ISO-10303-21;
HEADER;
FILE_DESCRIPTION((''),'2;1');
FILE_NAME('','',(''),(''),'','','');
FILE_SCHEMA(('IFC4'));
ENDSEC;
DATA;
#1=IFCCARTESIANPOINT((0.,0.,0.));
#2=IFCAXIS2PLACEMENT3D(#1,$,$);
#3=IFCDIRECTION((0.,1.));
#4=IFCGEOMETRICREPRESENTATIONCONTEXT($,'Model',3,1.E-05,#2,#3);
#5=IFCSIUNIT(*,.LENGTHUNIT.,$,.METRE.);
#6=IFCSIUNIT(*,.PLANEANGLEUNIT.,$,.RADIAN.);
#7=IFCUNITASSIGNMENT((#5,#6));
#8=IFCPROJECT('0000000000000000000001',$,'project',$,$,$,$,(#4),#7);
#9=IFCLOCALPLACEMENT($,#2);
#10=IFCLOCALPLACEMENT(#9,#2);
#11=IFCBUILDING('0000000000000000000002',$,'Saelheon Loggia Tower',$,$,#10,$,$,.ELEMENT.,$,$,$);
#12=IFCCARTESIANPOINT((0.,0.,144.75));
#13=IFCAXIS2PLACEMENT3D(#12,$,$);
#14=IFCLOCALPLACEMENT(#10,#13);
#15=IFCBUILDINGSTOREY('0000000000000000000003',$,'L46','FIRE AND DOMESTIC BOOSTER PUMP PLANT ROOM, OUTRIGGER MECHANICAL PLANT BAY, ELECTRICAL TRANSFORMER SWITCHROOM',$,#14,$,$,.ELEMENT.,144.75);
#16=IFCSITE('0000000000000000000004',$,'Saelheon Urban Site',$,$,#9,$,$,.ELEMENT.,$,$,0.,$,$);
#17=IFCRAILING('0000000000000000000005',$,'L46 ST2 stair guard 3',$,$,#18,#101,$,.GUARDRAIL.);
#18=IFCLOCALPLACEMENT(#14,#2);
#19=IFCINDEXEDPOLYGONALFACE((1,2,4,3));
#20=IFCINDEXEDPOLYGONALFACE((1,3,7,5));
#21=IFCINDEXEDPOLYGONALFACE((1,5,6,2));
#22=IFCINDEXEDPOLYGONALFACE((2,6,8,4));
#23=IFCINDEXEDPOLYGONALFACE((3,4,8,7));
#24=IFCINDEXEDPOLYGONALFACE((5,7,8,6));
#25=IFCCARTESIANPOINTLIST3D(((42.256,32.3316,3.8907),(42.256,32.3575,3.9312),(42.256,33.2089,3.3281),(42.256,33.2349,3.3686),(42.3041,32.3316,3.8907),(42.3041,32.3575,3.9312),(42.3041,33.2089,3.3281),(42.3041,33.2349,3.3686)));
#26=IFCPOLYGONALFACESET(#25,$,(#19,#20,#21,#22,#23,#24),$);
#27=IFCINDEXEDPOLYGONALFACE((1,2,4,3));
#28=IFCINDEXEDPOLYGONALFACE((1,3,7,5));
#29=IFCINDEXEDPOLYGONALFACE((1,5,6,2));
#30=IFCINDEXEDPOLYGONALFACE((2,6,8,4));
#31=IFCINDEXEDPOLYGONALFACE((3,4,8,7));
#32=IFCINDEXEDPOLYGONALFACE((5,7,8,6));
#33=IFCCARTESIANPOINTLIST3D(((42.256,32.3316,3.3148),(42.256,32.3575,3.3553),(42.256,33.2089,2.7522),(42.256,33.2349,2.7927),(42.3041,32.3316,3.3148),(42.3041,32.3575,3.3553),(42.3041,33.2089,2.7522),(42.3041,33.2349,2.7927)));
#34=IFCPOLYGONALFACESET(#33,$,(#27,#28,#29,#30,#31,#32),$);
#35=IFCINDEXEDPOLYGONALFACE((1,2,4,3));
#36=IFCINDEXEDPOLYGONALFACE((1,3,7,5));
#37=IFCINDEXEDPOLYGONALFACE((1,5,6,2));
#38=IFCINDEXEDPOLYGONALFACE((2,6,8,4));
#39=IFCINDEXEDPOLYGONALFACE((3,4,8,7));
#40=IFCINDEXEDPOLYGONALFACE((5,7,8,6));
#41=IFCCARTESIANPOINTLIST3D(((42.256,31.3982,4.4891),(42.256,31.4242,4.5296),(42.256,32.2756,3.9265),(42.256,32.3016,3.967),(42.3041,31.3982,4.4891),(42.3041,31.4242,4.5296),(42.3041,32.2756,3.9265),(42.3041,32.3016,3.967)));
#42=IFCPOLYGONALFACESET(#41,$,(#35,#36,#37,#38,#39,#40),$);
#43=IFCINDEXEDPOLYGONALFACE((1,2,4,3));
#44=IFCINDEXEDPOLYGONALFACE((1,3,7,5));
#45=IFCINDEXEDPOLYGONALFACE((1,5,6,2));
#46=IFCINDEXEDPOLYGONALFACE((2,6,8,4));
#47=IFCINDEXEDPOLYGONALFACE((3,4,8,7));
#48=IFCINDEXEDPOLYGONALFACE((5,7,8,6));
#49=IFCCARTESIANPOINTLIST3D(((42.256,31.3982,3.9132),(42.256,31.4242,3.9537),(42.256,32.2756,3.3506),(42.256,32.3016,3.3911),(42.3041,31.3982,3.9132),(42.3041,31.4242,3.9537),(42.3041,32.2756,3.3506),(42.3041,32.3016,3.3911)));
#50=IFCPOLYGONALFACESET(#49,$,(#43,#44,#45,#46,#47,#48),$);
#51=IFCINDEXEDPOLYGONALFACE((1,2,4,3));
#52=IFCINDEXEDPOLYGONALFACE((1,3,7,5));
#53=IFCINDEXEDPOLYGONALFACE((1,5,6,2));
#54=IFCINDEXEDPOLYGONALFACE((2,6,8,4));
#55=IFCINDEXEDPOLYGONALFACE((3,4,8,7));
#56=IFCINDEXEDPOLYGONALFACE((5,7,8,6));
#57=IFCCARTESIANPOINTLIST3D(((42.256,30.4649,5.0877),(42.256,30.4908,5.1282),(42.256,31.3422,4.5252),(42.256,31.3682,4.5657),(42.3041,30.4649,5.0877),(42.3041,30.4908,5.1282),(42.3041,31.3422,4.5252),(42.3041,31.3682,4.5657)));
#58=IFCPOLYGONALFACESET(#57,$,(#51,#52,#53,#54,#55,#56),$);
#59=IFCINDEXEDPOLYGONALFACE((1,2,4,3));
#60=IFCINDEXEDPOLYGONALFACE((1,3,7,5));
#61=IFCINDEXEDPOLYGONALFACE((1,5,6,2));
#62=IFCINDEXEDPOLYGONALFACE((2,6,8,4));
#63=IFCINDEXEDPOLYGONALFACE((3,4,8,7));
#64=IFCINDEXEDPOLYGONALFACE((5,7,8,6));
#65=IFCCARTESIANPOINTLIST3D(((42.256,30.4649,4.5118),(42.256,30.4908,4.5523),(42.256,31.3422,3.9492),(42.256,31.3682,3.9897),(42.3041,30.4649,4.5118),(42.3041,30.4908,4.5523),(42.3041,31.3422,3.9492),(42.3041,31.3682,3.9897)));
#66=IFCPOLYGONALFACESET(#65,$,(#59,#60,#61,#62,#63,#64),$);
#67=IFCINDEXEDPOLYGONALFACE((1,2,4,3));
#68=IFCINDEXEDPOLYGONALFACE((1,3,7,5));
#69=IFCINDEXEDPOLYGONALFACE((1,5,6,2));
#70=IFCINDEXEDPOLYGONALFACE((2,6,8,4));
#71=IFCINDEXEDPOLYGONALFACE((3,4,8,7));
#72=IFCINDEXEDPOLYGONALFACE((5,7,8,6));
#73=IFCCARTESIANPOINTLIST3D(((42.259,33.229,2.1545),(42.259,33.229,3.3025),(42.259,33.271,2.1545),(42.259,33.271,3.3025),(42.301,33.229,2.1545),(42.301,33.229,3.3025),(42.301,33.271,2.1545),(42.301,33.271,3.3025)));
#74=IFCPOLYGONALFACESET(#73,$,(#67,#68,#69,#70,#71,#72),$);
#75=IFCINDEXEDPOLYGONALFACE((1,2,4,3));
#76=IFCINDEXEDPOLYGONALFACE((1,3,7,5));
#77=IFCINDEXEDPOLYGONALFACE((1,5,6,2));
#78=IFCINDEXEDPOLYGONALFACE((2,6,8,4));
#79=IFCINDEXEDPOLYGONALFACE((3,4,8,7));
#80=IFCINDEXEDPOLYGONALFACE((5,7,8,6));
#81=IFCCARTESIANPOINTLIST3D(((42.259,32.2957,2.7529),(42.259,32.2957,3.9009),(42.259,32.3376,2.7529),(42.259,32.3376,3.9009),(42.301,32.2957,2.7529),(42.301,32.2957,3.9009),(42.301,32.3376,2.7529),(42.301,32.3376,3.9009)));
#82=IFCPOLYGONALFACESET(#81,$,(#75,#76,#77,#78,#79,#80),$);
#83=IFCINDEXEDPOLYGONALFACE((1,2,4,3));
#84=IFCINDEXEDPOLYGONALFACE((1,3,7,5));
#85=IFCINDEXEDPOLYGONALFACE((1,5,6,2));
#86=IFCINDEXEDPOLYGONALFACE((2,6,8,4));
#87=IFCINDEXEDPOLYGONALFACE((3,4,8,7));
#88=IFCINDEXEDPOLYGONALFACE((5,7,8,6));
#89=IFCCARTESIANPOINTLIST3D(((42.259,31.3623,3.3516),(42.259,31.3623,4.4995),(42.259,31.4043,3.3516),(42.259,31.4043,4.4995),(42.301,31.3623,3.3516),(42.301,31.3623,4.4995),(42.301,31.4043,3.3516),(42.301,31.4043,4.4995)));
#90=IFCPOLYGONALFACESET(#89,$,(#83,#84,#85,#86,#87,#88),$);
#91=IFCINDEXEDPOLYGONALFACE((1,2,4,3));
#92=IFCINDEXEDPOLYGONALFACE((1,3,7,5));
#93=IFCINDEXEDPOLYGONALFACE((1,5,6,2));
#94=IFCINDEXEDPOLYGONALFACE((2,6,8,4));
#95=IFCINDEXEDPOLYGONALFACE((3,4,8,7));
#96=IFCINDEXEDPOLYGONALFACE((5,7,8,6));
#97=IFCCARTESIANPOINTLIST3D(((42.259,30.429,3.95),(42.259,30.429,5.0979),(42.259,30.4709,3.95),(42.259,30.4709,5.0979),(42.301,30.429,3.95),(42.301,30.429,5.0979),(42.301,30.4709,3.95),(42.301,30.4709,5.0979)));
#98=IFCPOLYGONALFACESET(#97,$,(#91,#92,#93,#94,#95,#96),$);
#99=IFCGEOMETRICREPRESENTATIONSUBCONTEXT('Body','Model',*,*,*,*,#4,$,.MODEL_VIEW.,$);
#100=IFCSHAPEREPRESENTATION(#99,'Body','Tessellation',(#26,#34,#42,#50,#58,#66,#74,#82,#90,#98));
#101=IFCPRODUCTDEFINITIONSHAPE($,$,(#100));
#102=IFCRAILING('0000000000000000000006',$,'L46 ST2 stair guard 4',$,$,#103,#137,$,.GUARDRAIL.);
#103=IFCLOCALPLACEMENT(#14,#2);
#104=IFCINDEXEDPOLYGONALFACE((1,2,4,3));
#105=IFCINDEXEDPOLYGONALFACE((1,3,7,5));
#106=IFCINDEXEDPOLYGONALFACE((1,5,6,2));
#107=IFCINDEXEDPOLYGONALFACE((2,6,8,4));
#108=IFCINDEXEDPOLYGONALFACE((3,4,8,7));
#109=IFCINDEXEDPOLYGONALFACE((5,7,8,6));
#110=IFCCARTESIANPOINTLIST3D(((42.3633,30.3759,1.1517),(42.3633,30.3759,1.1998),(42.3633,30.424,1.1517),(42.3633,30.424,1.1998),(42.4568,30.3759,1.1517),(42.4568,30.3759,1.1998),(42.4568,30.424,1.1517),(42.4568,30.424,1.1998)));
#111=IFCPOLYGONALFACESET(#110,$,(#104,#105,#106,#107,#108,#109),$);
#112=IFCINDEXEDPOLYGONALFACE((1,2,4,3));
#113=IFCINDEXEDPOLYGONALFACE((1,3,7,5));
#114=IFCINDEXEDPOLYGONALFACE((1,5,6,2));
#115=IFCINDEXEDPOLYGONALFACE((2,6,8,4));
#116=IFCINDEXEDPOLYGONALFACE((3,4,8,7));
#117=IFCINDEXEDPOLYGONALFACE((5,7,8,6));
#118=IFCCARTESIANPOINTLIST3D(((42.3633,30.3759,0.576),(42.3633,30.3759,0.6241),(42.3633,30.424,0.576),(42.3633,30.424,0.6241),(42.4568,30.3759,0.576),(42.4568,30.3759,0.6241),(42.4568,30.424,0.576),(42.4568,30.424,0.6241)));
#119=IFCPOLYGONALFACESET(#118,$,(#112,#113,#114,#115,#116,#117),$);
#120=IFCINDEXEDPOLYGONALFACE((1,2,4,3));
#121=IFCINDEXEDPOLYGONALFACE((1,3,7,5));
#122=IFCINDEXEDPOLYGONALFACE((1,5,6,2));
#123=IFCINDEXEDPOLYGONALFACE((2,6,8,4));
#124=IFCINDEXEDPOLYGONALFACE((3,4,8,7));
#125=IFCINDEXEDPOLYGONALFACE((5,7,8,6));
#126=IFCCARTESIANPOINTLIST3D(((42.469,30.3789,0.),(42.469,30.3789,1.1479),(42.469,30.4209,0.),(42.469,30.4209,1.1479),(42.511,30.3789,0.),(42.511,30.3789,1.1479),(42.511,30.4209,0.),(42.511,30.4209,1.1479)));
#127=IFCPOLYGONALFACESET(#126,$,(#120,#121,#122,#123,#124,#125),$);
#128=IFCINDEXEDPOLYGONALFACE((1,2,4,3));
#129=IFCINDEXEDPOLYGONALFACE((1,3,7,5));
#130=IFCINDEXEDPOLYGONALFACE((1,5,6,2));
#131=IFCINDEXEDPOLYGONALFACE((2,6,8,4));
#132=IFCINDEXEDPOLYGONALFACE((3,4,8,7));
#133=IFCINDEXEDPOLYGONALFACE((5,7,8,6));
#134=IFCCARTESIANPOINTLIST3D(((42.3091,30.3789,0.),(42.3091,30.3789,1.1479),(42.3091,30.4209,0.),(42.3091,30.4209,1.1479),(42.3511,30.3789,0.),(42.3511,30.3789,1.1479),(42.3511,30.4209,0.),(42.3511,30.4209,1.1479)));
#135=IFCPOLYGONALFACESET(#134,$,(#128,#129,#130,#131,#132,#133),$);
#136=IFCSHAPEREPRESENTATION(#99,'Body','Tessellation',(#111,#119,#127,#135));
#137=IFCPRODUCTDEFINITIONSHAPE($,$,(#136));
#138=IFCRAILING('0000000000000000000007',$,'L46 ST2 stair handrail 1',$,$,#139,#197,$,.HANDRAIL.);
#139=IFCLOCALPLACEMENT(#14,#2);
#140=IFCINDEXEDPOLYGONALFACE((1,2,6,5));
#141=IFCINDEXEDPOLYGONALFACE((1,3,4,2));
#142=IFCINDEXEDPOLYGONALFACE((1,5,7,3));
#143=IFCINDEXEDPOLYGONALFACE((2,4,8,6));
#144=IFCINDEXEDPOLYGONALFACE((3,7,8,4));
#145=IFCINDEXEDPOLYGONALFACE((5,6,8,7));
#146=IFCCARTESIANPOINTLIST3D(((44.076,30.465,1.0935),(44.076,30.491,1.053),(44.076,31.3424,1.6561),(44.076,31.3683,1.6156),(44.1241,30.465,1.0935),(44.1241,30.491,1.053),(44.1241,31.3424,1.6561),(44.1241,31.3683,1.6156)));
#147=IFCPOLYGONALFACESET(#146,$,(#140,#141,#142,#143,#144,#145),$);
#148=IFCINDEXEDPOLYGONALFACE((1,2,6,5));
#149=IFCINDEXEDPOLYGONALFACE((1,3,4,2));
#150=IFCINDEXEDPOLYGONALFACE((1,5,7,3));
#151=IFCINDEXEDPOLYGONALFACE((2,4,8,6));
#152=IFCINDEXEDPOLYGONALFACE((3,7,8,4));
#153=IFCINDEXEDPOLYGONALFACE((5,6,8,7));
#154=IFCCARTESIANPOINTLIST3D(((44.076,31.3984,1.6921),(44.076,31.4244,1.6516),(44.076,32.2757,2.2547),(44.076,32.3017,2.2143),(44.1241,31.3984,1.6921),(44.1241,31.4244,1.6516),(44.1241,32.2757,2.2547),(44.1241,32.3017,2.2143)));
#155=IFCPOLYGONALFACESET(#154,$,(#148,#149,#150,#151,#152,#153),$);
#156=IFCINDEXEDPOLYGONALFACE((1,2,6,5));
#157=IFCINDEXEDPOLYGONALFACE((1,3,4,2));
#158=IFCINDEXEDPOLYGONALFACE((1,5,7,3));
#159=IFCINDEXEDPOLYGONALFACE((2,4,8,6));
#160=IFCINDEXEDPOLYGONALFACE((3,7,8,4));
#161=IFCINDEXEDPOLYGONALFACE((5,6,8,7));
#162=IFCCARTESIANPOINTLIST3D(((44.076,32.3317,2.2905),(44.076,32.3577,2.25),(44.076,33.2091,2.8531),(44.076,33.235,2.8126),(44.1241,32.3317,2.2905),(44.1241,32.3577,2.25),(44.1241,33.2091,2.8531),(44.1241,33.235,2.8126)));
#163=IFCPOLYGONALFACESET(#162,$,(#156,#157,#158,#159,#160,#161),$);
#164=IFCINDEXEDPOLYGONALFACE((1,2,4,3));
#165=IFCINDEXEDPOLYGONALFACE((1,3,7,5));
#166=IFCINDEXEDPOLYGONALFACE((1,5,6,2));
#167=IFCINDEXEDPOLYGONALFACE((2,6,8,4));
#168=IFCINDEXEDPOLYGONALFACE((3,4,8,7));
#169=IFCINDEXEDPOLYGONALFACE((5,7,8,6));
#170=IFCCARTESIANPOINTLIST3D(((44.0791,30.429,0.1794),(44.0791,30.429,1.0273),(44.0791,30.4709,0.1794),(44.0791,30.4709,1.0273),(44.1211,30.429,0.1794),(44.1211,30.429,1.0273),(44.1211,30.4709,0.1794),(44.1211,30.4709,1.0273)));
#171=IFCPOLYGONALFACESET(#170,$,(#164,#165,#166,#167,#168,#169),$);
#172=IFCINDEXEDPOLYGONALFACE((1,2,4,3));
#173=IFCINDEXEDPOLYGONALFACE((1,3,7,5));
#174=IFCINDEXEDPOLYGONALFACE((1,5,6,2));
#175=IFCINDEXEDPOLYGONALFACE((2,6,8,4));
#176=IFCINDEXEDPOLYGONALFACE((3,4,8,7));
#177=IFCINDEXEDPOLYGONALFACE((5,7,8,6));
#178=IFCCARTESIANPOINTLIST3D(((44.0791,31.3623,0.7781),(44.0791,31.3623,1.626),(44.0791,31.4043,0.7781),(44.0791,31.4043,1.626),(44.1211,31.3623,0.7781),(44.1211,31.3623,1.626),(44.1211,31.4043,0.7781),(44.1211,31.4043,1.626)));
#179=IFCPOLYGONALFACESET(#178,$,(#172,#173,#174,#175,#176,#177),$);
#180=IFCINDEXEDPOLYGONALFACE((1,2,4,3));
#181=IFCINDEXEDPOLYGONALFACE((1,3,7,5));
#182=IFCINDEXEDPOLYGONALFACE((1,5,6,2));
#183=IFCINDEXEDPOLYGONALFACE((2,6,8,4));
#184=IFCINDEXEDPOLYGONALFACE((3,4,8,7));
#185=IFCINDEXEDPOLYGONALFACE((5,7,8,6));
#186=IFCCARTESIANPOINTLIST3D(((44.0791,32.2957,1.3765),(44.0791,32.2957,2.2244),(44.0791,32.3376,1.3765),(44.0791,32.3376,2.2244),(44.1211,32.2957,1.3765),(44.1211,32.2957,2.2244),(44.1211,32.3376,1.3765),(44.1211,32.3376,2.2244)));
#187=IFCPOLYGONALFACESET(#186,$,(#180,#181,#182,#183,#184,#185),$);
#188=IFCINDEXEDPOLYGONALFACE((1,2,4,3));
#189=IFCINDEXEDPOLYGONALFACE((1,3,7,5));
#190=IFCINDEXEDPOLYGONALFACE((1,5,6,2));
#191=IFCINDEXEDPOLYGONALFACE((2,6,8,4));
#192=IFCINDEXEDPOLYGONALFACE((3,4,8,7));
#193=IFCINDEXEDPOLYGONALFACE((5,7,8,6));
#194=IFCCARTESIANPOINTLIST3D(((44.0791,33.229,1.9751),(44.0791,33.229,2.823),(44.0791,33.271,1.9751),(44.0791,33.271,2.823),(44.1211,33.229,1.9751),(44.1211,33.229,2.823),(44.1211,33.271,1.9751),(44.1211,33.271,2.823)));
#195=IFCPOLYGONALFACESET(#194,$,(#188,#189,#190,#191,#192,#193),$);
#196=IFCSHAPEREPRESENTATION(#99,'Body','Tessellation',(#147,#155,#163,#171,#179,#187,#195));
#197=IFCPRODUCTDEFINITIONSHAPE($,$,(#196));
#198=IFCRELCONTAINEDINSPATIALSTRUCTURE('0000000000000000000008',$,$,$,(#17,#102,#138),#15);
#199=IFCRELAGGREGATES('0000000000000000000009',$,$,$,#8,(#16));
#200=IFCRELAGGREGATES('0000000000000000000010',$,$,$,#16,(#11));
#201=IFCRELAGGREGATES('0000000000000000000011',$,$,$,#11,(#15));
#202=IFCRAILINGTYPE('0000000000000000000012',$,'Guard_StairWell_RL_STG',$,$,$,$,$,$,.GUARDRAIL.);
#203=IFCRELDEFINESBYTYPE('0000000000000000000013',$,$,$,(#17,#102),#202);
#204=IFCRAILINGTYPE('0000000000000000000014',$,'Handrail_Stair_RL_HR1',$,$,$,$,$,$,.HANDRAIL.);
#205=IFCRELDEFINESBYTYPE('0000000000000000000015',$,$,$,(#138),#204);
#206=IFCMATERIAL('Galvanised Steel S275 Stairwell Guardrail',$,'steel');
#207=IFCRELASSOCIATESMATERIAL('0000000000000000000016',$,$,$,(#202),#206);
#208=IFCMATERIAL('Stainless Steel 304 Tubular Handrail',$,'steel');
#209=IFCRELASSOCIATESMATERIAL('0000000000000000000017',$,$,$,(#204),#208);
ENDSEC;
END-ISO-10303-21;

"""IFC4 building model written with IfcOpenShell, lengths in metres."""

from ifc_helpers import new_model, si_unit, direction, frame, origin, origin_2d, place, context, subcontext, project, spatial, rectangle, extrude, material, type_object, element, save


model = new_model("IFC4")

# Units and contexts
model_context = context("Model", 3, precision=1e-05, world=origin(), true_north=direction((0.0, 1.0)))
body_context = subcontext(model_context, "Body", "Model", "MODEL_VIEW")
ifc_project = project(units=[si_unit("LENGTHUNIT", "METRE"), si_unit("PLANEANGLEUNIT", "RADIAN")], contexts=[model_context])

# Site, building, storey
site_placement = place(None, origin())
site = spatial("IfcSite", under=ifc_project, at=site_placement, Name="Saelheon Urban Site", CompositionType="ELEMENT", RefElevation=0.0)
building_placement = place(site_placement, origin())
building = spatial("IfcBuilding", under=site, at=building_placement, Name="Saelheon Loggia Tower", CompositionType="ELEMENT")
storey_placement = place(building_placement, frame((0.0, 0.0, 144.75)))
storey = spatial("IfcBuildingStorey", under=building, at=storey_placement, Name="L46", Description="FIRE AND DOMESTIC BOOSTER PUMP PLANT ROOM, OUTRIGGER MECHANICAL PLANT BAY, ELECTRICAL TRANSFORMER SWITCHROOM", CompositionType="ELEMENT", Elevation=144.75)

# Railings
ifc_material_1 = material(Name="Galvanised Steel S275 Stairwell Guardrail", Category="steel")
railing_type_1 = type_object("IfcRailingType", Name="Guard_StairWell_RL_STG", PredefinedType="GUARDRAIL", material=ifc_material_1)
railing_1_placement = place(storey_placement, frame((42.28, 33.25, 2.1545)))
element("IfcRailing", 1, at=railing_1_placement, inside=storey, type_object=railing_type_1, Name="L46 ST2 stair guard 3", PredefinedType="GUARDRAIL", context=body_context, shape_type="SweptSolid", body=[
    extrude(rectangle(XDim=0.0481, YDim=0.0481, at=origin_2d()), frame((0.0, -0.0281, 1.1938), z_axis=(0.0, -0.84181, 0.539774), x_axis=(1.0, 0.0, 0.0)), (0.0, 0.0, 1.0), 1.0422),
    extrude(rectangle(XDim=0.0481, YDim=0.0481, at=origin_2d()), frame((0.0, -0.0281, 0.6179), z_axis=(0.0, -0.84181, 0.539774), x_axis=(1.0, 0.0, 0.0)), (0.0, 0.0, 1.0), 1.0422),
    extrude(rectangle(XDim=0.0481, YDim=0.0481, at=origin_2d()), frame((0.0, -0.9614, 1.7922), z_axis=(0.0, -0.84181, 0.539774), x_axis=(1.0, 0.0, 0.0)), (0.0, 0.0, 1.0), 1.0422),
    extrude(rectangle(XDim=0.0481, YDim=0.0481, at=origin_2d()), frame((0.0, -0.9614, 1.2163), z_axis=(0.0, -0.84181, 0.539774), x_axis=(1.0, 0.0, 0.0)), (0.0, 0.0, 1.0), 1.0422),
    extrude(rectangle(XDim=0.0481, YDim=0.0481, at=origin_2d()), frame((0.0, -1.8948, 2.3909), z_axis=(0.0, -0.84181, 0.539774), x_axis=(1.0, 0.0, 0.0)), (0.0, 0.0, 1.0), 1.0422),
    extrude(rectangle(XDim=0.0481, YDim=0.0481, at=origin_2d()), frame((0.0, -1.8948, 1.8149), z_axis=(0.0, -0.84181, 0.539774), x_axis=(1.0, 0.0, 0.0)), (0.0, 0.0, 1.0), 1.0422),
    extrude(rectangle(XDim=0.042, YDim=0.042, at=origin_2d()), origin(), (0.0, 0.0, 1.0), 1.1479),
    extrude(rectangle(XDim=0.042, YDim=0.042, at=origin_2d()), frame((0.0, -0.9333, 0.5984)), (0.0, 0.0, 1.0), 1.1479),
    extrude(rectangle(XDim=0.042, YDim=0.042, at=origin_2d()), frame((0.0, -1.8667, 1.197)), (0.0, 0.0, 1.0), 1.1479),
    extrude(rectangle(XDim=0.042, YDim=0.042, at=origin_2d()), frame((0.0, -2.8, 1.7954)), (0.0, 0.0, 1.0), 1.1479),
])
railing_2_placement = place(storey_placement, frame((42.49, 30.3999, 0.0)))
element("IfcRailing", 2, at=railing_2_placement, inside=storey, type_object=railing_type_1, Name="L46 ST2 stair guard 4", PredefinedType="GUARDRAIL", context=body_context, shape_type="SweptSolid", body=[
    extrude(rectangle(XDim=0.0481, YDim=0.0481, at=origin_2d()), frame((-0.0332, 0.0, 1.1758), z_axis=(-1.0, 0.0, 0.0), x_axis=(0.0, -1.0, 0.0)), (0.0, 0.0, 1.0), 0.0935),
    extrude(rectangle(XDim=0.0481, YDim=0.0481, at=origin_2d()), frame((-0.0332, 0.0, 0.6001), z_axis=(-1.0, 0.0, 0.0), x_axis=(0.0, -1.0, 0.0)), (0.0, 0.0, 1.0), 0.0935),
    extrude(rectangle(XDim=0.042, YDim=0.042, at=origin_2d()), origin(), (0.0, 0.0, 1.0), 1.1479),
    extrude(rectangle(XDim=0.042, YDim=0.042, at=origin_2d()), frame((-0.1599, 0.0, 0.0)), (0.0, 0.0, 1.0), 1.1479),
])
ifc_material_2 = material(Name="Stainless Steel 304 Tubular Handrail", Category="steel")
railing_type_2 = type_object("IfcRailingType", Name="Handrail_Stair_RL_HR1", PredefinedType="HANDRAIL", material=ifc_material_2)
railing_3_placement = place(storey_placement, frame((44.1001, 30.45, 0.1794)))
element("IfcRailing", 3, at=railing_3_placement, inside=storey, type_object=railing_type_2, Name="L46 ST2 stair handrail 1", PredefinedType="HANDRAIL", context=body_context, shape_type="SweptSolid", body=[
    extrude(rectangle(XDim=0.0481, YDim=0.0481, at=origin_2d()), frame((0.0, 0.0281, 0.8938), z_axis=(0.0, 0.841777, 0.539826), x_axis=(-1.0, 0.0, 0.0)), (0.0, 0.0, 1.0), 1.0422),
    extrude(rectangle(XDim=0.0481, YDim=0.0481, at=origin_2d()), frame((0.0, 0.9614, 1.4924), z_axis=(0.0, 0.841777, 0.539826), x_axis=(-1.0, 0.0, 0.0)), (0.0, 0.0, 1.0), 1.0422),
    extrude(rectangle(XDim=0.0481, YDim=0.0481, at=origin_2d()), frame((0.0, 1.8948, 2.0908), z_axis=(0.0, 0.841777, 0.539826), x_axis=(-1.0, 0.0, 0.0)), (0.0, 0.0, 1.0), 1.0422),
    extrude(rectangle(XDim=0.042, YDim=0.042, at=origin_2d()), origin(), (0.0, 0.0, 1.0), 0.8479),
    extrude(rectangle(XDim=0.042, YDim=0.042, at=origin_2d()), frame((0.0, 0.9333, 0.5986)), (0.0, 0.0, 1.0), 0.8479),
    extrude(rectangle(XDim=0.042, YDim=0.042, at=origin_2d()), frame((0.0, 1.8667, 1.197)), (0.0, 0.0, 1.0), 0.8479),
    extrude(rectangle(XDim=0.042, YDim=0.042, at=origin_2d()), frame((0.0, 2.8, 1.7957)), (0.0, 0.0, 1.0), 0.8479),
])

save(model, "model.ifc")
